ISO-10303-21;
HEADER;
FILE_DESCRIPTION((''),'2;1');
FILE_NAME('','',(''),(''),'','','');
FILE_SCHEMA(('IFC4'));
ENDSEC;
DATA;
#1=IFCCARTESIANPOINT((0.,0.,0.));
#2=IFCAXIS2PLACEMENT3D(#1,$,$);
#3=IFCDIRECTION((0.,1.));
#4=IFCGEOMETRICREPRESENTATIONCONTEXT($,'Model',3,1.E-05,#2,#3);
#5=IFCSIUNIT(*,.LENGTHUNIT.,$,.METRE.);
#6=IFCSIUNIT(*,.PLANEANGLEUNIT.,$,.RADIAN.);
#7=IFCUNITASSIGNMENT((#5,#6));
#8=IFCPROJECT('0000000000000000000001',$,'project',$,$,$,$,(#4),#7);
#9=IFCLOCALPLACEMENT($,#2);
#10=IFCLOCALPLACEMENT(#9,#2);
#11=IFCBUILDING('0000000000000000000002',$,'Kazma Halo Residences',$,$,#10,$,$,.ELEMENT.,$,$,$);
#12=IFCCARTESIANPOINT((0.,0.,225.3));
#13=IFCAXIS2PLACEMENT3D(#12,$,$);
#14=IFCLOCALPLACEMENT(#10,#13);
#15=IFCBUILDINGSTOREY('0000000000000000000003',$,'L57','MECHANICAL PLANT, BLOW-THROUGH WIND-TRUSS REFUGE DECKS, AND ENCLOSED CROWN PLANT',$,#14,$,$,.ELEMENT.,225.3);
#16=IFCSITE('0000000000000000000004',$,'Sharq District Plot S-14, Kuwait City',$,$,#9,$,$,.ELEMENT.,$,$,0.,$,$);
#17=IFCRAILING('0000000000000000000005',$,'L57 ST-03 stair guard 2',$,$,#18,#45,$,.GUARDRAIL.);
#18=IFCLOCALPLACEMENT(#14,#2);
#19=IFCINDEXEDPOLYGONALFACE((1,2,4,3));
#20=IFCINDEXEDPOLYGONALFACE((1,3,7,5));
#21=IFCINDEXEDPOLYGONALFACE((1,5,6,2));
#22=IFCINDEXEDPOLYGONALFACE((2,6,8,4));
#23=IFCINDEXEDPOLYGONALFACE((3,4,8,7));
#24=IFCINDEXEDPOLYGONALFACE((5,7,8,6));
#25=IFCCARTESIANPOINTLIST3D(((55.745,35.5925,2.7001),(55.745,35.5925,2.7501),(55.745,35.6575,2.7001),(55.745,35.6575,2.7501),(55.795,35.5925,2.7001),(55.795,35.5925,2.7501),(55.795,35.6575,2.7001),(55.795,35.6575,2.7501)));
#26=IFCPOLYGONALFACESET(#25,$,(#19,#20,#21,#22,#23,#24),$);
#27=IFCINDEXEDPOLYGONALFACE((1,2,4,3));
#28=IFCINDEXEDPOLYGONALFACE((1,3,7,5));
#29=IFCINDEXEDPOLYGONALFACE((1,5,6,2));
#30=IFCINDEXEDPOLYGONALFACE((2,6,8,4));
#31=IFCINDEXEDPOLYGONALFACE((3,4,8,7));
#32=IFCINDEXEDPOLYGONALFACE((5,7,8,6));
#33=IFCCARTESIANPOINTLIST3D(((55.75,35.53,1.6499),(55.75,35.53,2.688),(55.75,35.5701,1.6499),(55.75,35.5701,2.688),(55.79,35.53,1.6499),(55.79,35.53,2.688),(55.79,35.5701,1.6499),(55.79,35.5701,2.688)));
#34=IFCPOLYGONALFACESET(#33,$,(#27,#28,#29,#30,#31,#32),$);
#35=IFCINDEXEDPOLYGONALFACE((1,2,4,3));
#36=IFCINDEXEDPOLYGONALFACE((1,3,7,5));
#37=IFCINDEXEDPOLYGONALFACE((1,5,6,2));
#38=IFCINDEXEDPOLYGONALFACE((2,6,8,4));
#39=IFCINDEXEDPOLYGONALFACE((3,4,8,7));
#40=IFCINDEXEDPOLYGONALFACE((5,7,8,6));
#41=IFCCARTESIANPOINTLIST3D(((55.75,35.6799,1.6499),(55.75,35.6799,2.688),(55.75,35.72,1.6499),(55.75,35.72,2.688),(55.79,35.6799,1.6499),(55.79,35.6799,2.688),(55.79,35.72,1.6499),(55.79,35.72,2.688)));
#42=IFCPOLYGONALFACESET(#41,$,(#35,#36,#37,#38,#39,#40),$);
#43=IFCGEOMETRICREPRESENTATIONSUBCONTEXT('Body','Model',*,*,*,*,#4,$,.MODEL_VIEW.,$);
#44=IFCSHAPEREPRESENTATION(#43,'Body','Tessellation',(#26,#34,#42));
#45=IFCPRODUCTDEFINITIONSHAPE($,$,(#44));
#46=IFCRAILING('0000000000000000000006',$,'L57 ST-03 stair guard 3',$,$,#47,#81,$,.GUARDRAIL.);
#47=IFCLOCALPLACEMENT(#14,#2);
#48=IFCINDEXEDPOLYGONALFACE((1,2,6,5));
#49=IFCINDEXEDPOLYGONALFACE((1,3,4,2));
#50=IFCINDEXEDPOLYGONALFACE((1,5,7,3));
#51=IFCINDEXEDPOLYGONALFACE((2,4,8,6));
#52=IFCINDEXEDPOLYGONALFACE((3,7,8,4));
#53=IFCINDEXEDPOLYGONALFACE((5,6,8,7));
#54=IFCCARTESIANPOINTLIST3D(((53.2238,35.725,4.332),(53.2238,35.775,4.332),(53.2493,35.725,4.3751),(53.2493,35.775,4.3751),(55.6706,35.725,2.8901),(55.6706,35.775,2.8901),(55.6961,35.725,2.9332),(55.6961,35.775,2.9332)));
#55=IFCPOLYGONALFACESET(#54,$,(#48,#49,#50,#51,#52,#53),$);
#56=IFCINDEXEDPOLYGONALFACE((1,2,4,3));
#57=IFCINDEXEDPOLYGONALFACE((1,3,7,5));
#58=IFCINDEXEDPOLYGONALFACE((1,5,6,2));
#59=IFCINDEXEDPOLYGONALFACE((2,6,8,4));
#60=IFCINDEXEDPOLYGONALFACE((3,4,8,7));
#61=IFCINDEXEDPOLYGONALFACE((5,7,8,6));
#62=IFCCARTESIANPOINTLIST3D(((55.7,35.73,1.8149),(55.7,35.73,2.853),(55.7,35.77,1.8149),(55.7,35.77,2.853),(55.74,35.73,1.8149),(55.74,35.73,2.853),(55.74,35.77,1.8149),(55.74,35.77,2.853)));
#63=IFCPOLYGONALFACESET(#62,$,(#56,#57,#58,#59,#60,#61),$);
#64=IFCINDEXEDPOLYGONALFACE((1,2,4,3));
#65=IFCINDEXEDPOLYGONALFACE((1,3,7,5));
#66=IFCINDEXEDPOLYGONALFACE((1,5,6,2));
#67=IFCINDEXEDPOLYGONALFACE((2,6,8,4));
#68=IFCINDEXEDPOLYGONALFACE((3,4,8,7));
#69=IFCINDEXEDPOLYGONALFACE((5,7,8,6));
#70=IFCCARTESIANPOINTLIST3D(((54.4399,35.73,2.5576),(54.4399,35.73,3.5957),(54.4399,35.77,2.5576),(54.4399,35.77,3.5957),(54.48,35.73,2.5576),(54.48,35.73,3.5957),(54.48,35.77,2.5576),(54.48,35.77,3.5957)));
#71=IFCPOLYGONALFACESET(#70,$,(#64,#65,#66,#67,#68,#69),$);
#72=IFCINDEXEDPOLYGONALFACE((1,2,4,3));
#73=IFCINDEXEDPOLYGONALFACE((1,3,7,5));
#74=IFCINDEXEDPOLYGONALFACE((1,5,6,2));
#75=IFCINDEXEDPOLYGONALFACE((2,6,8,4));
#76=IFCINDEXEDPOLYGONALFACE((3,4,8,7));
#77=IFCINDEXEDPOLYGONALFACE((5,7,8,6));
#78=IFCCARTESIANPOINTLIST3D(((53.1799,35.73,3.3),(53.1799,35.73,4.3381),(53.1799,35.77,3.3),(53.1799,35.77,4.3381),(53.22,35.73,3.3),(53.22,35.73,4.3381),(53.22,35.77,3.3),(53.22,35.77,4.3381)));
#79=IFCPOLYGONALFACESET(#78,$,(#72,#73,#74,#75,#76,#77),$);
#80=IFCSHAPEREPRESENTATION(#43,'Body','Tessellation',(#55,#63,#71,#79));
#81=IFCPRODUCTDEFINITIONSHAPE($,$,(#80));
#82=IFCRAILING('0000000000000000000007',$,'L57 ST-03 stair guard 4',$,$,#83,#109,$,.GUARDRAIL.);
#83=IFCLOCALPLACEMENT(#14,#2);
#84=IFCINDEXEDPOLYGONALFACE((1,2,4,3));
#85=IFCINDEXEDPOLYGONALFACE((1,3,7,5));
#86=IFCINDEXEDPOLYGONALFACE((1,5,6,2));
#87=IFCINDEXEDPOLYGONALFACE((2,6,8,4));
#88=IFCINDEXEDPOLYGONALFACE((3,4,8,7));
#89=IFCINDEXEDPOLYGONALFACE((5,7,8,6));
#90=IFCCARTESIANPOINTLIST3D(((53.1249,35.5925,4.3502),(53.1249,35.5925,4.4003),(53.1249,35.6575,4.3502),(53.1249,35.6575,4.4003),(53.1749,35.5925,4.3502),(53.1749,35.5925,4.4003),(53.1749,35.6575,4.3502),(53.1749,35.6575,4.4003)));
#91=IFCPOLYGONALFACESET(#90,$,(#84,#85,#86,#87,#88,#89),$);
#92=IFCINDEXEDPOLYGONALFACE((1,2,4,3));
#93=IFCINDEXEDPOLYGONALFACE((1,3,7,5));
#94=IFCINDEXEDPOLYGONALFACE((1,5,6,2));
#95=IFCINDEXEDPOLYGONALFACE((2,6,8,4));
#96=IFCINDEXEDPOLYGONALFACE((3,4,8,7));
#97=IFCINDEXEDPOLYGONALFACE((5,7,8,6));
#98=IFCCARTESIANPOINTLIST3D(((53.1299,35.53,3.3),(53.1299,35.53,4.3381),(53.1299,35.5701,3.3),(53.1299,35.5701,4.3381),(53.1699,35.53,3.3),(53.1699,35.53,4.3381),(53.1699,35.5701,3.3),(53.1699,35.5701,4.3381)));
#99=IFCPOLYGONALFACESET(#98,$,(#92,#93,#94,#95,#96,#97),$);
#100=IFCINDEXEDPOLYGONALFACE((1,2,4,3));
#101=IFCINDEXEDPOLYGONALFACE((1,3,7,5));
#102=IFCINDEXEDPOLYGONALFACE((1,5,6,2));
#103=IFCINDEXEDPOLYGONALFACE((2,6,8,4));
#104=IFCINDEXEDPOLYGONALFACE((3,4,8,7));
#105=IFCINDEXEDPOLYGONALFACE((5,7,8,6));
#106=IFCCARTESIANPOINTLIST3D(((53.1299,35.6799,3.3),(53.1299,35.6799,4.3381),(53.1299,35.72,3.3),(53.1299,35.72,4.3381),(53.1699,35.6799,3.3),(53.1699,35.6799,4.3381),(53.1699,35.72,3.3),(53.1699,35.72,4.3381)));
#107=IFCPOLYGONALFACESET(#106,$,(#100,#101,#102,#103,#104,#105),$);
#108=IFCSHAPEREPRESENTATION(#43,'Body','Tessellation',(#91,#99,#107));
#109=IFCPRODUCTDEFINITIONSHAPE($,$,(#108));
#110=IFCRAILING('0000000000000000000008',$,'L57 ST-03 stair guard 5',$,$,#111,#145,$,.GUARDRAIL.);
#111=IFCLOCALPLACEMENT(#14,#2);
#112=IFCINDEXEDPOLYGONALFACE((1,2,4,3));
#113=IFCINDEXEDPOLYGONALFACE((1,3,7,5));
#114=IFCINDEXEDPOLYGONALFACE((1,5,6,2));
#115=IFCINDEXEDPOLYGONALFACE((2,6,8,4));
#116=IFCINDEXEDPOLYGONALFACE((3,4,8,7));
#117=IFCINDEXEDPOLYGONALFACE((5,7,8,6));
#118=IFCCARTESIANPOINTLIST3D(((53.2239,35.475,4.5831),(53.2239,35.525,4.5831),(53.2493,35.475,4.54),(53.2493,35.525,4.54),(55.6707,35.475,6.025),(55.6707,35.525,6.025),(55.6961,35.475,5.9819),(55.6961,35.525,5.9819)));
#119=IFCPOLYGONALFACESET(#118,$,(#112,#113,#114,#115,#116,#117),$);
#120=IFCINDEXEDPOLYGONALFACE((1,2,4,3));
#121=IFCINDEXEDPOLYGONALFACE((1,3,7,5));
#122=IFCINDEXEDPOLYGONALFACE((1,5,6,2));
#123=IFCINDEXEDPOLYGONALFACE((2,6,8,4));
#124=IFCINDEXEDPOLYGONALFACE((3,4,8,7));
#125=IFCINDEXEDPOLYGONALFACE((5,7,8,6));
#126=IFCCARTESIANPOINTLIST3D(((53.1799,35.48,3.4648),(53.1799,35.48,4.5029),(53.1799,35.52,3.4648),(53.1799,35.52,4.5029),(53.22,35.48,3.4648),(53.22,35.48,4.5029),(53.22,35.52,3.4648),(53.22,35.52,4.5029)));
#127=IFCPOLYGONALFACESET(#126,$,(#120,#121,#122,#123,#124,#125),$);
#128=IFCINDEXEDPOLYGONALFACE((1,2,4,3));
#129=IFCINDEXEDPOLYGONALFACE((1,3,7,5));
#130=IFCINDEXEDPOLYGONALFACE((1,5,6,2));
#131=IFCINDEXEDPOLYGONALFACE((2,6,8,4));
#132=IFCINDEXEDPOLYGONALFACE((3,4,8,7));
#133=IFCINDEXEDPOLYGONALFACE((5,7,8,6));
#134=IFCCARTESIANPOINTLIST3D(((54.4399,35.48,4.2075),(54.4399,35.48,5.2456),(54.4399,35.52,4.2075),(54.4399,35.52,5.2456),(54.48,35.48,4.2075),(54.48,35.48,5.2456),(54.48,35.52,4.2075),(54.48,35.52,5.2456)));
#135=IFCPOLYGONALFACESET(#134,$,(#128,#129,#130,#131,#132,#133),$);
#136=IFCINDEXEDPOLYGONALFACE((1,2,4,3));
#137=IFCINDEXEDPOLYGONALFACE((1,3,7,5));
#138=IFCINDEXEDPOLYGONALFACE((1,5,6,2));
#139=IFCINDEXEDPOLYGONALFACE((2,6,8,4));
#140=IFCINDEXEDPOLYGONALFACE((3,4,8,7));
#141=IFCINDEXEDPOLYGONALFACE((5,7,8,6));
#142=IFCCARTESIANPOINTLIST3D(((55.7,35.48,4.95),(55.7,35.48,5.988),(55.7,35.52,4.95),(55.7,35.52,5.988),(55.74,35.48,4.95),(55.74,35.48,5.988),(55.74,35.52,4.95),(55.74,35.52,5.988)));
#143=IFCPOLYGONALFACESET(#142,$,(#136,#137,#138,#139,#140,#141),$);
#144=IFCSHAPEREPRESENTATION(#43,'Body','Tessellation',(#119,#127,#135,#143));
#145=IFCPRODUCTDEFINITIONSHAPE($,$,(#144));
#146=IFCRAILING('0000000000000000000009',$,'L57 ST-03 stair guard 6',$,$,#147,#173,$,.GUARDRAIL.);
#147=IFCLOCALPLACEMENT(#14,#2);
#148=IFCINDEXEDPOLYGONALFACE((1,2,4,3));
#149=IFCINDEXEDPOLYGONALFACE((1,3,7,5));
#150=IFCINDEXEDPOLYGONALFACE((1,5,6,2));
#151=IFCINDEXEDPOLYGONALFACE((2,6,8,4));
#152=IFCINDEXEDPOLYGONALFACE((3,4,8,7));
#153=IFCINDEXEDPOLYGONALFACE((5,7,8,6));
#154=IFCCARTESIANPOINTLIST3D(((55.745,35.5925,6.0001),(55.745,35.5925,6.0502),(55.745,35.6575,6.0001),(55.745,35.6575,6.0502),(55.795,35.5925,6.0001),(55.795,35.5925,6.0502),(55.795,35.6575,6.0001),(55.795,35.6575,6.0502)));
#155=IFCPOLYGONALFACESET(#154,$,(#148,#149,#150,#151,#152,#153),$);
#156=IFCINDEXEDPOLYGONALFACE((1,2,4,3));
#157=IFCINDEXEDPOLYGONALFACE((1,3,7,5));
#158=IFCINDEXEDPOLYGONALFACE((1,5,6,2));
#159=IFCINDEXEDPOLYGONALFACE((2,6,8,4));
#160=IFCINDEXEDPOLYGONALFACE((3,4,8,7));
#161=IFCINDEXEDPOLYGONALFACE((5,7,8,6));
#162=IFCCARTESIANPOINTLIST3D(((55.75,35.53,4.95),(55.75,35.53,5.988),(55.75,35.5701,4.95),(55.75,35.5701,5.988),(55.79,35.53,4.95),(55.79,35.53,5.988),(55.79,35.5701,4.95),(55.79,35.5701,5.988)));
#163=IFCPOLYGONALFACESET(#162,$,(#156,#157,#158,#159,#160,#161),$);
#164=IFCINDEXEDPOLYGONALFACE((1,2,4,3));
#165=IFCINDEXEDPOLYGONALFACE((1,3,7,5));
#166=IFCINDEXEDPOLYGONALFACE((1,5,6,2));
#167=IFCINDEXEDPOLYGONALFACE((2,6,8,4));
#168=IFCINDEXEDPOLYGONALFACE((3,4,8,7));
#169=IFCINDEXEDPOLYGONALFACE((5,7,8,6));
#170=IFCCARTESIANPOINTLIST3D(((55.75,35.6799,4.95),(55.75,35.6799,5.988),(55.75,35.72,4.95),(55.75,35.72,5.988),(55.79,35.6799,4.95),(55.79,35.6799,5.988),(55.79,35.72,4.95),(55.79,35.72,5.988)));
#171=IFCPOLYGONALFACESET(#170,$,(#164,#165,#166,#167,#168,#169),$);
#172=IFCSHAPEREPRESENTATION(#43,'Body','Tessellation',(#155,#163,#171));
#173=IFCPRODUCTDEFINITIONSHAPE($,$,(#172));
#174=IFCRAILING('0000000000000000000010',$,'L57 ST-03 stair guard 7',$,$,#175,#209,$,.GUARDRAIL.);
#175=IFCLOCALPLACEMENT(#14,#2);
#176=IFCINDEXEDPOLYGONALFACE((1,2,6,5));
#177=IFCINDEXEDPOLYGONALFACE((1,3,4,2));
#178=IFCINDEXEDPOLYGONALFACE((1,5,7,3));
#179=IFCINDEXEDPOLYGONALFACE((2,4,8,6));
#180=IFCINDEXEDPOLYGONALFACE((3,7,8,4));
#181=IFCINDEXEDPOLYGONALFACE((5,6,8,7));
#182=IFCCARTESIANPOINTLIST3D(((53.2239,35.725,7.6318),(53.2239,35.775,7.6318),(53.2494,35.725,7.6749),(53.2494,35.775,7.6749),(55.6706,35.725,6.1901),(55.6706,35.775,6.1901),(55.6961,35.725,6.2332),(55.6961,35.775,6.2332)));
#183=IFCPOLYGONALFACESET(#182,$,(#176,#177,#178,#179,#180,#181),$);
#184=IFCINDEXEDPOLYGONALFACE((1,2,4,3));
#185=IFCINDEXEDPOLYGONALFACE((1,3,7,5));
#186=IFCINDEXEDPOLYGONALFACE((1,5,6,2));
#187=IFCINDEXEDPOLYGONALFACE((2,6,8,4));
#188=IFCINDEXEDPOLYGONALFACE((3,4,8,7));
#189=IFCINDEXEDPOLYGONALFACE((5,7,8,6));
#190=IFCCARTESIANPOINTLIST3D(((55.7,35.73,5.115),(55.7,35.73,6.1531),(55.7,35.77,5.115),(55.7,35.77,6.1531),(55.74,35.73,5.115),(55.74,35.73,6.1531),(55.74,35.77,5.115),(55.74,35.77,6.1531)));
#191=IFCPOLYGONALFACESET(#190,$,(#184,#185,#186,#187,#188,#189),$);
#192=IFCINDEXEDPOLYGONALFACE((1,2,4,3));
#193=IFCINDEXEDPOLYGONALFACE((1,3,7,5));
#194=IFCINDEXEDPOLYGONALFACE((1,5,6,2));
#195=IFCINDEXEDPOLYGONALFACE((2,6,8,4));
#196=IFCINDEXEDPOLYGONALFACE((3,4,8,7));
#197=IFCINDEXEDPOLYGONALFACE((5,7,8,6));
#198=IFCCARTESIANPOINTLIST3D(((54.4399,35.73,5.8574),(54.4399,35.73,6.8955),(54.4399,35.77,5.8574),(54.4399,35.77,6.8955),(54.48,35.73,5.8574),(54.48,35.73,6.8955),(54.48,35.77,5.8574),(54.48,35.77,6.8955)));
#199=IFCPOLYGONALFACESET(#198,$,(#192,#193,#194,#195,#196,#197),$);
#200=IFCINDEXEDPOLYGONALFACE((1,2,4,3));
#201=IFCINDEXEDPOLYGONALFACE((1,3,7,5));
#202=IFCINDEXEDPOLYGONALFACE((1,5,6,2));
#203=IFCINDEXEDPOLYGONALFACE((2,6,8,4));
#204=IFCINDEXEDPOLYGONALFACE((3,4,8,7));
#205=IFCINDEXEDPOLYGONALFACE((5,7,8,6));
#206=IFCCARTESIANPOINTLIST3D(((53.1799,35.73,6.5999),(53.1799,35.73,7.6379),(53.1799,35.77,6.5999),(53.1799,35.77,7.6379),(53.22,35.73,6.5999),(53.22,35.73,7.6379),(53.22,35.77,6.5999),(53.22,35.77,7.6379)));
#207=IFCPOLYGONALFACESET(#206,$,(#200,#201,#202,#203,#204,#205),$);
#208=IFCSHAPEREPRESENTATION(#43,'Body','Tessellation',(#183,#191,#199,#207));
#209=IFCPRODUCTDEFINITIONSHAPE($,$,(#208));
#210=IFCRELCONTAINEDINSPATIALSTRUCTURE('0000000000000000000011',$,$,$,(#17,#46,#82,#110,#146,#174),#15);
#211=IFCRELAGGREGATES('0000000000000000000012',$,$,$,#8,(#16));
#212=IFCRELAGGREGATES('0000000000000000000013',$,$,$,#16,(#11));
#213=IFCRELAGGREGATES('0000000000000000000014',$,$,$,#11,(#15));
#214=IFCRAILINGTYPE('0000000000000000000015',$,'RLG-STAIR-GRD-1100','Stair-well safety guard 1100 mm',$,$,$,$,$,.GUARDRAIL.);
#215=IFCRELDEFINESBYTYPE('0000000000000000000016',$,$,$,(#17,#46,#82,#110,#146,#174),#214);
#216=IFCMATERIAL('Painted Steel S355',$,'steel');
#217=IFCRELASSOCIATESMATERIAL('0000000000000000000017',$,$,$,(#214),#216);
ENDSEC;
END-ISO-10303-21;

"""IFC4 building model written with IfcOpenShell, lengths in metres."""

from ifc_helpers import new_model, si_unit, direction, frame, origin, origin_2d, place, context, subcontext, project, spatial, rectangle, extrude, material, type_object, element, save


model = new_model("IFC4")

# Units and contexts
model_context = context("Model", 3, precision=1e-05, world=origin(), true_north=direction((0.0, 1.0)))
body_context = subcontext(model_context, "Body", "Model", "MODEL_VIEW")
ifc_project = project(units=[si_unit("LENGTHUNIT", "METRE"), si_unit("PLANEANGLEUNIT", "RADIAN")], contexts=[model_context])

# Site, building, storey
site_placement = place(None, origin())
site = spatial("IfcSite", under=ifc_project, at=site_placement, Name="Sharq District Plot S-14, Kuwait City", CompositionType="ELEMENT", RefElevation=0.0)
building_placement = place(site_placement, origin())
building = spatial("IfcBuilding", under=site, at=building_placement, Name="Kazma Halo Residences", CompositionType="ELEMENT")
storey_placement = place(building_placement, frame((0.0, 0.0, 225.3)))
storey = spatial("IfcBuildingStorey", under=building, at=storey_placement, Name="L57", Description="MECHANICAL PLANT, BLOW-THROUGH WIND-TRUSS REFUGE DECKS, AND ENCLOSED CROWN PLANT", CompositionType="ELEMENT", Elevation=225.3)

# Railings
ifc_material_1 = material(Name="Painted Steel S355", Category="steel")
railing_type_1 = type_object("IfcRailingType", Name="RLG-STAIR-GRD-1100", Description="Stair-well safety guard 1100 mm", PredefinedType="GUARDRAIL", material=ifc_material_1)
railing_1_placement = place(storey_placement, frame((55.77, 35.55, 1.6499)))
element("IfcRailing", 1, at=railing_1_placement, inside=storey, type_object=railing_type_1, Name="L57 ST-03 stair guard 2", PredefinedType="GUARDRAIL", context=body_context, shape_type="SweptSolid", body=[
    extrude(rectangle(XDim=0.05, YDim=0.05, at=origin_2d()), frame((0.0, 0.0425, 1.0752), z_axis=(0.0, 1.0, 0.0), x_axis=(-1.0, 0.0, 0.0)), (0.0, 0.0, 1.0), 0.0649),
    extrude(rectangle(XDim=0.04, YDim=0.04, at=origin_2d()), origin(), (0.0, 0.0, 1.0), 1.0381),
    extrude(rectangle(XDim=0.04, YDim=0.04, at=origin_2d()), frame((0.0, 0.1499, 0.0)), (0.0, 0.0, 1.0), 1.0381),
])
railing_2_placement = place(storey_placement, frame((55.72, 35.75, 1.8149)))
element("IfcRailing", 2, at=railing_2_placement, inside=storey, type_object=railing_type_1, Name="L57 ST-03 stair guard 3", PredefinedType="GUARDRAIL", context=body_context, shape_type="SweptSolid", body=[
    extrude(rectangle(XDim=0.05, YDim=0.05, at=origin_2d()), frame((-0.0366, 0.0, 1.0967), z_axis=(-0.861524, 0.0, 0.507717), x_axis=(0.0, -1.0, 0.0)), (0.0, 0.0, 1.0), 2.8401),
    extrude(rectangle(XDim=0.04, YDim=0.04, at=origin_2d()), origin(), (0.0, 0.0, 1.0), 1.0381),
    extrude(rectangle(XDim=0.04, YDim=0.04, at=origin_2d()), frame((-1.26, 0.0, 0.7427)), (0.0, 0.0, 1.0), 1.0381),
    extrude(rectangle(XDim=0.04, YDim=0.04, at=origin_2d()), frame((-2.52, 0.0, 1.4851)), (0.0, 0.0, 1.0), 1.0381),
])
railing_3_placement = place(storey_placement, frame((53.1499, 35.55, 3.3)))
element("IfcRailing", 3, at=railing_3_placement, inside=storey, type_object=railing_type_1, Name="L57 ST-03 stair guard 4", PredefinedType="GUARDRAIL", context=body_context, shape_type="SweptSolid", body=[
    extrude(rectangle(XDim=0.05, YDim=0.05, at=origin_2d()), frame((0.0, 0.0425, 1.0752), z_axis=(0.0, 1.0, 0.0), x_axis=(-1.0, 0.0, 0.0)), (0.0, 0.0, 1.0), 0.0649),
    extrude(rectangle(XDim=0.04, YDim=0.04, at=origin_2d()), origin(), (0.0, 0.0, 1.0), 1.0381),
    extrude(rectangle(XDim=0.04, YDim=0.04, at=origin_2d()), frame((0.0, 0.1499, 0.0)), (0.0, 0.0, 1.0), 1.0381),
])
railing_4_placement = place(storey_placement, frame((53.2, 35.5, 3.4648)))
element("IfcRailing", 4, at=railing_4_placement, inside=storey, type_object=railing_type_1, Name="L57 ST-03 stair guard 5", PredefinedType="GUARDRAIL", context=body_context, shape_type="SweptSolid", body=[
    extrude(rectangle(XDim=0.05, YDim=0.05, at=origin_2d()), frame((0.0366, 0.0, 1.0967), z_axis=(0.861524, 0.0, 0.507717), x_axis=(0.0, 1.0, 0.0)), (0.0, 0.0, 1.0), 2.8401),
    extrude(rectangle(XDim=0.04, YDim=0.04, at=origin_2d()), origin(), (0.0, 0.0, 1.0), 1.0381),
    extrude(rectangle(XDim=0.04, YDim=0.04, at=origin_2d()), frame((1.26, 0.0, 0.7427)), (0.0, 0.0, 1.0), 1.0381),
    extrude(rectangle(XDim=0.04, YDim=0.04, at=origin_2d()), frame((2.52, 0.0, 1.4851)), (0.0, 0.0, 1.0), 1.0381),
])
railing_5_placement = place(storey_placement, frame((55.77, 35.55, 4.95)))
element("IfcRailing", 5, at=railing_5_placement, inside=storey, type_object=railing_type_1, Name="L57 ST-03 stair guard 6", PredefinedType="GUARDRAIL", context=body_context, shape_type="SweptSolid", body=[
    extrude(rectangle(XDim=0.05, YDim=0.05, at=origin_2d()), frame((0.0, 0.0425, 1.0752), z_axis=(0.0, 1.0, 0.0), x_axis=(-1.0, 0.0, 0.0)), (0.0, 0.0, 1.0), 0.0649),
    extrude(rectangle(XDim=0.04, YDim=0.04, at=origin_2d()), origin(), (0.0, 0.0, 1.0), 1.0381),
    extrude(rectangle(XDim=0.04, YDim=0.04, at=origin_2d()), frame((0.0, 0.1499, 0.0)), (0.0, 0.0, 1.0), 1.0381),
])
railing_6_placement = place(storey_placement, frame((55.72, 35.75, 5.115)))
element("IfcRailing", 6, at=railing_6_placement, inside=storey, type_object=railing_type_1, Name="L57 ST-03 stair guard 7", PredefinedType="GUARDRAIL", context=body_context, shape_type="SweptSolid", body=[
    extrude(rectangle(XDim=0.05, YDim=0.05, at=origin_2d()), frame((-0.0366, 0.0, 1.0967), z_axis=(-0.861561, 0.0, 0.507655), x_axis=(0.0, -1.0, 0.0)), (0.0, 0.0, 1.0), 2.8398),
    extrude(rectangle(XDim=0.04, YDim=0.04, at=origin_2d()), origin(), (0.0, 0.0, 1.0), 1.0381),
    extrude(rectangle(XDim=0.04, YDim=0.04, at=origin_2d()), frame((-1.26, 0.0, 0.7424)), (0.0, 0.0, 1.0), 1.0381),
    extrude(rectangle(XDim=0.04, YDim=0.04, at=origin_2d()), frame((-2.52, 0.0, 1.4849)), (0.0, 0.0, 1.0), 1.0381),
])

save(model, "model.ifc")
